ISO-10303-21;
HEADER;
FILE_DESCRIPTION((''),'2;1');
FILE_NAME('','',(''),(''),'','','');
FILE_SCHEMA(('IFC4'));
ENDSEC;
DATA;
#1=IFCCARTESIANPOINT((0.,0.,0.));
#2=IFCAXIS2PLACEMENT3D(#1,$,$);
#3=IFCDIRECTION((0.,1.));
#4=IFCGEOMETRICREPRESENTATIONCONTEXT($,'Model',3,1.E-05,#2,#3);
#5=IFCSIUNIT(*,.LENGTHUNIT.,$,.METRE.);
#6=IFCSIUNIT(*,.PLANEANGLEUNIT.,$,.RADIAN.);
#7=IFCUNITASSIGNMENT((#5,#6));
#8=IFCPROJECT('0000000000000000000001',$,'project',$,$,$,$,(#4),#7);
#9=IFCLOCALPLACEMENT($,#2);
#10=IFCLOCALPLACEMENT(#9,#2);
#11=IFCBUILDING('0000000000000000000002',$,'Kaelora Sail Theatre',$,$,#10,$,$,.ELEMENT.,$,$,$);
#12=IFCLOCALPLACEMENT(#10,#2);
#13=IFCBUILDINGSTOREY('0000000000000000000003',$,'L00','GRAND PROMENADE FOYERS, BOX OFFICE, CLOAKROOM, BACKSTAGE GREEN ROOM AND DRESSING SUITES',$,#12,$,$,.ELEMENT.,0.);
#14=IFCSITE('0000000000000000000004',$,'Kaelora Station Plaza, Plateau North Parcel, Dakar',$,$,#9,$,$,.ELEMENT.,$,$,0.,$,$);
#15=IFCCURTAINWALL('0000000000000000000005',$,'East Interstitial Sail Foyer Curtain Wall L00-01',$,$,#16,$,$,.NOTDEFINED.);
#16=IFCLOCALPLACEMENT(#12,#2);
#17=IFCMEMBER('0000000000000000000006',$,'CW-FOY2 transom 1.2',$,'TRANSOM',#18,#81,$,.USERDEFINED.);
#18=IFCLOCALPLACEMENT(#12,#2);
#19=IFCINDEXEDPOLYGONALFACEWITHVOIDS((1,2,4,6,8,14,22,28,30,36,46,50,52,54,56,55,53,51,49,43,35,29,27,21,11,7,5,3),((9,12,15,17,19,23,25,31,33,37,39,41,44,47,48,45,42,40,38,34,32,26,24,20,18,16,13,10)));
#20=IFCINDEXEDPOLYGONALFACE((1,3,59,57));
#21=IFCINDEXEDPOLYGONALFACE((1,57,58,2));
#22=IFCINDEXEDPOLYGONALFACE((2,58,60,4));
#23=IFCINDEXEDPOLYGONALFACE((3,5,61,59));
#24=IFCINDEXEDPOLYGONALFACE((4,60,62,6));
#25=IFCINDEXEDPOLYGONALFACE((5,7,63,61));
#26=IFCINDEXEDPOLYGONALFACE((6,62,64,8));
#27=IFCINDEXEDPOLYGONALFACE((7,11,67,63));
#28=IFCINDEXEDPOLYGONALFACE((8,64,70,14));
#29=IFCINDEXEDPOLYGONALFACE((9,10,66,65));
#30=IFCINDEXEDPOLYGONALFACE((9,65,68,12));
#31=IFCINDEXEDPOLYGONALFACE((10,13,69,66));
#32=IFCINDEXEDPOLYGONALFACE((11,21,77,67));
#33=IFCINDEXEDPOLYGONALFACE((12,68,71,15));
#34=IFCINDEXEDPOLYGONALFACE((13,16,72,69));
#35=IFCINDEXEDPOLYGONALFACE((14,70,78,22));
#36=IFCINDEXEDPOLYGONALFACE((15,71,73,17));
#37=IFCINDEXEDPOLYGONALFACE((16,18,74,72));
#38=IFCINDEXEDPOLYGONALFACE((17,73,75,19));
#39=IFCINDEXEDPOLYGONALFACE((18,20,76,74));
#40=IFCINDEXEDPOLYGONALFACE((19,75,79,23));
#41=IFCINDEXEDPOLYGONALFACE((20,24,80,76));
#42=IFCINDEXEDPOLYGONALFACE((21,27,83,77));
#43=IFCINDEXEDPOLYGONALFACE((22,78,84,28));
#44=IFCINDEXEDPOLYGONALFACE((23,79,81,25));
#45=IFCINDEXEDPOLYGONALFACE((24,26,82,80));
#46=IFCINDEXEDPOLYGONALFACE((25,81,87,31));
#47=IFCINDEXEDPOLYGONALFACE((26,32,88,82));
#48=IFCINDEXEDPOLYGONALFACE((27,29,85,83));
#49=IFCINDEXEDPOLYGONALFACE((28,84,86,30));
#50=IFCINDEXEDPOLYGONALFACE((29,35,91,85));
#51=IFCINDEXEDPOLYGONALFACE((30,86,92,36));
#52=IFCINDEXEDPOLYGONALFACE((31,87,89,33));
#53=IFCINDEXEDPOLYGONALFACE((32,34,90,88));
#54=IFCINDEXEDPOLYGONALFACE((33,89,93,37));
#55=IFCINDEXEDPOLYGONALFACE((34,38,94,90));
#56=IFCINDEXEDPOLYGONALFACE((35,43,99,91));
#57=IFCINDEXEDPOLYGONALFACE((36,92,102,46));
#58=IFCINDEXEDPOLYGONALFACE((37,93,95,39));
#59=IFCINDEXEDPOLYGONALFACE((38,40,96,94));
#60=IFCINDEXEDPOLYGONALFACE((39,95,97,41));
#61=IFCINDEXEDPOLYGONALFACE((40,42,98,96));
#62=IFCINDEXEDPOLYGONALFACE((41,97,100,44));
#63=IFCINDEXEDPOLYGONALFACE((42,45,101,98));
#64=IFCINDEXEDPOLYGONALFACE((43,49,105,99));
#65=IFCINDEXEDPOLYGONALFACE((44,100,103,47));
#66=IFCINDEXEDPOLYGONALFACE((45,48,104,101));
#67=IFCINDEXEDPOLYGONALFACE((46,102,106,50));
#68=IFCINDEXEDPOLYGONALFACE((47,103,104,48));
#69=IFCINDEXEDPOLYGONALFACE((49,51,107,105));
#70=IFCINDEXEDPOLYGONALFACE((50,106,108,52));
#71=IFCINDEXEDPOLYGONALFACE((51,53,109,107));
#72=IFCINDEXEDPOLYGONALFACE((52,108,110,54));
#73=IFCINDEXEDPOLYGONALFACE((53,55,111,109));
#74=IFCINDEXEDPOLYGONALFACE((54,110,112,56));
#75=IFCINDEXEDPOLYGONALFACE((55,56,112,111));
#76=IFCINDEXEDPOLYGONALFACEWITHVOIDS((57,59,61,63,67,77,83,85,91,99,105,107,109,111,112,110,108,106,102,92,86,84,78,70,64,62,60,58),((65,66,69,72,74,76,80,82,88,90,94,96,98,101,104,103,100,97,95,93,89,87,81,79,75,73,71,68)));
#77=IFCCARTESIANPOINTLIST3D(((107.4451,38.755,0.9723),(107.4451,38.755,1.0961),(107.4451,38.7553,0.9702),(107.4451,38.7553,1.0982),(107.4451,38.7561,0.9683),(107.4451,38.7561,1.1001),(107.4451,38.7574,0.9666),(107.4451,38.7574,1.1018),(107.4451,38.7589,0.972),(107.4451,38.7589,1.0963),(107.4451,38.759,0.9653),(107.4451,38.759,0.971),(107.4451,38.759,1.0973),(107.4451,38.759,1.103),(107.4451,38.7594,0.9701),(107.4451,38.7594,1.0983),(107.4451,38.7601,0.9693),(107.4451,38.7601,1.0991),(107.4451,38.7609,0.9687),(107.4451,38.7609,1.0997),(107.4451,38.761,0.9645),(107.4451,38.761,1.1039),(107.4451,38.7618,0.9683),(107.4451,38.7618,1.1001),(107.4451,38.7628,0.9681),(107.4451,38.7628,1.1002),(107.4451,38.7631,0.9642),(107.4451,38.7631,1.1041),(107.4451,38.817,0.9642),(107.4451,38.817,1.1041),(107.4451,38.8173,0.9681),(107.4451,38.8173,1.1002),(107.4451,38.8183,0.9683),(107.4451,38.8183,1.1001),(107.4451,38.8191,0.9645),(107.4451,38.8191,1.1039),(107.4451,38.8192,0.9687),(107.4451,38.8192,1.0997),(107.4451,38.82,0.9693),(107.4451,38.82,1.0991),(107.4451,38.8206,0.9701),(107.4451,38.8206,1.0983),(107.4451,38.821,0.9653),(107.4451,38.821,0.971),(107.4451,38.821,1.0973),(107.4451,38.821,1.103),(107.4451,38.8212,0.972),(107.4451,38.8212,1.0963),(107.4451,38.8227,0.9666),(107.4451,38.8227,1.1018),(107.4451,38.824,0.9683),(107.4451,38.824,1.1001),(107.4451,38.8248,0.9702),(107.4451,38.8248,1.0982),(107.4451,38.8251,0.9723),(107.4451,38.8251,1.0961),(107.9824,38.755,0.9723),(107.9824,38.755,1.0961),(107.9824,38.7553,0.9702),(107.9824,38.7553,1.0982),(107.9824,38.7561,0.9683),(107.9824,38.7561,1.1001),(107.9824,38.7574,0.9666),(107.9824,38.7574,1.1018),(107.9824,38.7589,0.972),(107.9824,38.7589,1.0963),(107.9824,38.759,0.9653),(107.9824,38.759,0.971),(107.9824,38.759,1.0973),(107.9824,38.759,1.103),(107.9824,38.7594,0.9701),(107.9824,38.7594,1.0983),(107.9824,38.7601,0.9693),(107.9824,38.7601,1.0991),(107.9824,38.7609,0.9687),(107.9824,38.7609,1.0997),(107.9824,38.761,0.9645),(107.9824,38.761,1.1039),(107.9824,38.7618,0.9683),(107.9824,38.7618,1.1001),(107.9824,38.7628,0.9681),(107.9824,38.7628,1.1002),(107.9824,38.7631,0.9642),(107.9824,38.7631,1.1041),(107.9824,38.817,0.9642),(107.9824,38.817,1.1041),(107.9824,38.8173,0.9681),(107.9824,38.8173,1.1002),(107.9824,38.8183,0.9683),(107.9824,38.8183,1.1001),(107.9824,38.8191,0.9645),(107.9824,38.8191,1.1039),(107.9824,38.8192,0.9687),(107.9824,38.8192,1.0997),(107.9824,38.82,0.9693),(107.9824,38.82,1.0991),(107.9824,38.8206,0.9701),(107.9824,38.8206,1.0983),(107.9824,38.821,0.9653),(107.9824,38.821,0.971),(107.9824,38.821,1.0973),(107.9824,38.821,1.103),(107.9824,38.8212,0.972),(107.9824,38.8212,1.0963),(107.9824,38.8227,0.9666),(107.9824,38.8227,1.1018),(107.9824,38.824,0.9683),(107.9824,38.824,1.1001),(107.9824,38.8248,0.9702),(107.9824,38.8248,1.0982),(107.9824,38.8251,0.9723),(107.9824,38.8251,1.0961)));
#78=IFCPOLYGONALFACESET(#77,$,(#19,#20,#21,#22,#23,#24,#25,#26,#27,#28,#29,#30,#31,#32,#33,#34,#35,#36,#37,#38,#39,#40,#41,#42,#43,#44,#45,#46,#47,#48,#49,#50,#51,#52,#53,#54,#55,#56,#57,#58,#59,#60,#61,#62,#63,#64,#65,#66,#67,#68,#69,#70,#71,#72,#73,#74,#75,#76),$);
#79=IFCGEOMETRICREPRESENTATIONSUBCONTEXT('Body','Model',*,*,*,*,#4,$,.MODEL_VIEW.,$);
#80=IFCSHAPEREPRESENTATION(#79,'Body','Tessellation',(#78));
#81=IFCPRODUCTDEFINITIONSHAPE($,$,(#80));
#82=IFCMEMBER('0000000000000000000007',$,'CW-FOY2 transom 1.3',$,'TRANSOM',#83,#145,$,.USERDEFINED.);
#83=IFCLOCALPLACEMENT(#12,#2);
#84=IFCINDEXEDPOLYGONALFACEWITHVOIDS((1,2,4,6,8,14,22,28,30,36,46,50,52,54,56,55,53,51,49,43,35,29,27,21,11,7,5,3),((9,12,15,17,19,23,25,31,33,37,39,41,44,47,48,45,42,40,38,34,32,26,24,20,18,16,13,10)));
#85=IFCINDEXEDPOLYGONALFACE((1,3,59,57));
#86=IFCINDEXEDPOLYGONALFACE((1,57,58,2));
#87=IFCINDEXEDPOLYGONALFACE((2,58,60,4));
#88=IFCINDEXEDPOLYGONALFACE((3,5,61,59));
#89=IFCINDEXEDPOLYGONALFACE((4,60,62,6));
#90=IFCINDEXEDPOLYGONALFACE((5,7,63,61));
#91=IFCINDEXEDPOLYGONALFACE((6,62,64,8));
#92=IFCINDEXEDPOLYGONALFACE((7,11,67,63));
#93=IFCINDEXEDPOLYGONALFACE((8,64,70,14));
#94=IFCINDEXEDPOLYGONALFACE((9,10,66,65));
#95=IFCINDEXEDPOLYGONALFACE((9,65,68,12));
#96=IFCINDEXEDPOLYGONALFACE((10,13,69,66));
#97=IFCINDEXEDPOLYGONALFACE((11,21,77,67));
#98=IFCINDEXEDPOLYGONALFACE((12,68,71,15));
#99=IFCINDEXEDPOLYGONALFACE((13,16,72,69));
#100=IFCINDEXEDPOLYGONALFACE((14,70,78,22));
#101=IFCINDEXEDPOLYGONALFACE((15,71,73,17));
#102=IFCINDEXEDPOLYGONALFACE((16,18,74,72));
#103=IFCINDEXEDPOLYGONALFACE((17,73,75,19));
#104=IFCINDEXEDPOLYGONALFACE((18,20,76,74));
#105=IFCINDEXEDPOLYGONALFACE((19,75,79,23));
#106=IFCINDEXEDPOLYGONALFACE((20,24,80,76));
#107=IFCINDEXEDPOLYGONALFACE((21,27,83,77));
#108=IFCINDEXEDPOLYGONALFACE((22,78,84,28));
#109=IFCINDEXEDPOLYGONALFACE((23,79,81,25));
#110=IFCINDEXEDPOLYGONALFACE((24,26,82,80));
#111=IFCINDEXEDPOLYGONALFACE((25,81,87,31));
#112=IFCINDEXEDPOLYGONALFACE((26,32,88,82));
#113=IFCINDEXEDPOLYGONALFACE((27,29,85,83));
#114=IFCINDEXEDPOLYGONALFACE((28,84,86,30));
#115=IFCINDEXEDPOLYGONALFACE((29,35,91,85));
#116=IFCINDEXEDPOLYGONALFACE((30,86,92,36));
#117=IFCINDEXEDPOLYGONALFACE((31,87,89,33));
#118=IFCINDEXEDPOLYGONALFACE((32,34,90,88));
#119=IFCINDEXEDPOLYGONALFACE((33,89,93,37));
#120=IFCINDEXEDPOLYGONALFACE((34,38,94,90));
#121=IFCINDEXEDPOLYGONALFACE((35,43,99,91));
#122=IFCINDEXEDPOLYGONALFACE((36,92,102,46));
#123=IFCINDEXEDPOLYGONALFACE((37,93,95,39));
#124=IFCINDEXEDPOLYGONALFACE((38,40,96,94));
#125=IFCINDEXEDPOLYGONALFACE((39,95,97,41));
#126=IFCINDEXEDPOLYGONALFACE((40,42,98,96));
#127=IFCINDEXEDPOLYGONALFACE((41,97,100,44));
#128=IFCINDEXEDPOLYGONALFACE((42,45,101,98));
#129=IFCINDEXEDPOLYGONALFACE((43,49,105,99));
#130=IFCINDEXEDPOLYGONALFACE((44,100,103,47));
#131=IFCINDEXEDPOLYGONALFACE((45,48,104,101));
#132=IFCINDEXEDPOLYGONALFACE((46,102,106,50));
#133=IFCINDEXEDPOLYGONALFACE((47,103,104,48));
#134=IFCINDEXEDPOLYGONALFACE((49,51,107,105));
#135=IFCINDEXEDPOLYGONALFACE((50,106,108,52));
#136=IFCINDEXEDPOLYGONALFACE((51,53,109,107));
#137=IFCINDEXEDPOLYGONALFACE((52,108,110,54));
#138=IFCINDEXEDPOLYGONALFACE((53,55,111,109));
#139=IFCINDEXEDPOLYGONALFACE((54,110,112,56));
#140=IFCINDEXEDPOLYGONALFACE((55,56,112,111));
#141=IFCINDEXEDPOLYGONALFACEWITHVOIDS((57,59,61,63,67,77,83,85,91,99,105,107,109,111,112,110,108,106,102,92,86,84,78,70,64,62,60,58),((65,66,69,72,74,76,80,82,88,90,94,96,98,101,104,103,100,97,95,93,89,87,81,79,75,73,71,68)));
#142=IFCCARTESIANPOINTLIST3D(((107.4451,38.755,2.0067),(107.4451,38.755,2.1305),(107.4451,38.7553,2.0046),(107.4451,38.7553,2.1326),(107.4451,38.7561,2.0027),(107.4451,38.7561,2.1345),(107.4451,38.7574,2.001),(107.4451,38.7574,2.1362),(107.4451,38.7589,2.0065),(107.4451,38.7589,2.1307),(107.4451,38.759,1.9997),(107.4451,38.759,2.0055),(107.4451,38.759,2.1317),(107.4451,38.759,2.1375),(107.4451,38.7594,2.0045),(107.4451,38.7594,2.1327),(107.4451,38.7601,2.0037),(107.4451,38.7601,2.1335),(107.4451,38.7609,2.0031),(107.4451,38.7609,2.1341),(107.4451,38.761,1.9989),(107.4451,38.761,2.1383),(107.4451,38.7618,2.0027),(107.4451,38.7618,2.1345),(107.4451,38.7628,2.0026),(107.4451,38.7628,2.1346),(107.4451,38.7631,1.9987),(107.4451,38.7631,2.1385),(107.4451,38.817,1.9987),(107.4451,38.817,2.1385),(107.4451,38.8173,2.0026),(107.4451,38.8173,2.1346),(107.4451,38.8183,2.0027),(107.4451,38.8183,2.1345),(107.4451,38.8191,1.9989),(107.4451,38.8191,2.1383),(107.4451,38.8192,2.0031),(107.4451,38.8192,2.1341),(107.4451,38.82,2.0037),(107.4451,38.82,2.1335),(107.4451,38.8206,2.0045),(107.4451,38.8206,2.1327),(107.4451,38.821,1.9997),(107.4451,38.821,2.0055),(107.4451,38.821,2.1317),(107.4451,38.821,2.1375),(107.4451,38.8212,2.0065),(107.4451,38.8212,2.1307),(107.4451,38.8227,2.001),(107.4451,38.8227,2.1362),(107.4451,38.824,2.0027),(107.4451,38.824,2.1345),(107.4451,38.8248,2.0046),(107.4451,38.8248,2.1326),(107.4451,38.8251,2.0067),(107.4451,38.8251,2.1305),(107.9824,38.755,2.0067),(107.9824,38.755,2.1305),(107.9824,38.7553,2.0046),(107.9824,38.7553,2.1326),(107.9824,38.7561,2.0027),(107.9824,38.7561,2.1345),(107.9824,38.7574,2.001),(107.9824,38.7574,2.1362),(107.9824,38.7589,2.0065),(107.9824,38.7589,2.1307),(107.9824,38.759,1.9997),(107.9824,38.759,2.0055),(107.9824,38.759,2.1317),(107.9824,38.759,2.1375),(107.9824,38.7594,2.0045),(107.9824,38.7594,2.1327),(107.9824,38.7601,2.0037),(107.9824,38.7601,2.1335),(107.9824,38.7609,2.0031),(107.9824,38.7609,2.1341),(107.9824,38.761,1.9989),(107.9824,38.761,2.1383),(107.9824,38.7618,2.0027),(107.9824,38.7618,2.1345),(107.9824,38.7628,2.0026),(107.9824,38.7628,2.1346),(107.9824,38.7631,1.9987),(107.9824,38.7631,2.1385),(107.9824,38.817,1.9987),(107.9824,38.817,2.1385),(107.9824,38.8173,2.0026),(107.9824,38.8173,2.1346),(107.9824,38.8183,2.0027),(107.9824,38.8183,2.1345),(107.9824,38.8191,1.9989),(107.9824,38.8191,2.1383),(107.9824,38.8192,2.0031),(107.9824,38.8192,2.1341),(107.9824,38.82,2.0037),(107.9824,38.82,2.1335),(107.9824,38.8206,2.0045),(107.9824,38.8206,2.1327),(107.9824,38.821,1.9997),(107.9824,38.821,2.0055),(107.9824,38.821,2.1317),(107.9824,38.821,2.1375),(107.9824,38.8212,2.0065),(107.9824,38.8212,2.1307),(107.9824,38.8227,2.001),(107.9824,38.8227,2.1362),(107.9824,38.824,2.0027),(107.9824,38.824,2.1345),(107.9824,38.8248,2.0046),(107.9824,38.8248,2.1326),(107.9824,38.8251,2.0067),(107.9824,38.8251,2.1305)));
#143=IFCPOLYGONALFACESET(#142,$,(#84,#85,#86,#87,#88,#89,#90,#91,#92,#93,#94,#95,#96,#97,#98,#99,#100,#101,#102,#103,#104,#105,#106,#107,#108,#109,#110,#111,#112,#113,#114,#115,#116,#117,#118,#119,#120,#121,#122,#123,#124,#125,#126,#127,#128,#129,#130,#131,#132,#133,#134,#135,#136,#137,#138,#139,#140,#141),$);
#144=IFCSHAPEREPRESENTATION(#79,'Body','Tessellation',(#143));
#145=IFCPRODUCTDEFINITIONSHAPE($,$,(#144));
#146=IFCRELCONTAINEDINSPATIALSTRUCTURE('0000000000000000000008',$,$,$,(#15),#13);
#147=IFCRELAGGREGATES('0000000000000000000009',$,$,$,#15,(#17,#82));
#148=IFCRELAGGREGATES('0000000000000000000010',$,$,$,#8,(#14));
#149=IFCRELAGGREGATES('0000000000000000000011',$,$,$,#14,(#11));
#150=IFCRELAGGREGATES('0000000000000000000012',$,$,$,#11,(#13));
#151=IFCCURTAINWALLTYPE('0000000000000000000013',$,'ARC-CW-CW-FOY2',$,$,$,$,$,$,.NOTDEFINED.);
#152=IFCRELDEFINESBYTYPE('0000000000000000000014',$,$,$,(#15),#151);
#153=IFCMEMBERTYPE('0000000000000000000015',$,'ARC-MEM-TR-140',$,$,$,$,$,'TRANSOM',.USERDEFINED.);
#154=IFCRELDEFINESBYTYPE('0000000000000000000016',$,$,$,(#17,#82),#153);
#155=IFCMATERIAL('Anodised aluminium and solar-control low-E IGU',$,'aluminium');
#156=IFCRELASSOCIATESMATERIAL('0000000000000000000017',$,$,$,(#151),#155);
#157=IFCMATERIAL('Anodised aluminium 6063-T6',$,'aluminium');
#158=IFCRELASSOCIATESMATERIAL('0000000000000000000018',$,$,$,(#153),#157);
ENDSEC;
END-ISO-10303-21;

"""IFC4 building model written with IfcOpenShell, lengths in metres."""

from ifc_helpers import new_model, si_unit, direction, frame, origin, origin_2d, place, context, subcontext, project, spatial, hollow_rectangle, extrude, material, material_profile, profile_set, type_object, element, aggregate, save


model = new_model("IFC4")

# Units and contexts
model_context = context("Model", 3, precision=1e-05, world=origin(), true_north=direction((0.0, 1.0)))
body_context = subcontext(model_context, "Body", "Model", "MODEL_VIEW")
ifc_project = project(units=[si_unit("LENGTHUNIT", "METRE"), si_unit("PLANEANGLEUNIT", "RADIAN")], contexts=[model_context])

# Site, building, storey
site_placement = place(None, origin())
site = spatial("IfcSite", under=ifc_project, at=site_placement, Name="Kaelora Station Plaza, Plateau North Parcel, Dakar", CompositionType="ELEMENT", RefElevation=0.0)
building_placement = place(site_placement, origin())
building = spatial("IfcBuilding", under=site, at=building_placement, Name="Kaelora Sail Theatre", CompositionType="ELEMENT")
storey_placement = place(building_placement, origin())
storey = spatial("IfcBuildingStorey", under=building, at=storey_placement, Name="L00", Description="GRAND PROMENADE FOYERS, BOX OFFICE, CLOAKROOM, BACKSTAGE GREEN ROOM AND DRESSING SUITES", CompositionType="ELEMENT", Elevation=0.0)

# Curtain wall, members
ifc_material_1 = material(Name="Anodised aluminium and solar-control low-E IGU", Category="aluminium")
curtain_wall_type = type_object("IfcCurtainWallType", Name="ARC-CW-CW-FOY2", PredefinedType="NOTDEFINED", material=ifc_material_1)
curtain_wall_placement = place(storey_placement, origin())
curtain_wall = element("IfcCurtainWall", 1, at=curtain_wall_placement, inside=storey, type_object=curtain_wall_type, Name="East Interstitial Sail Foyer Curtain Wall L00-01", PredefinedType="NOTDEFINED")
ifc_material_2 = material(Name="Anodised aluminium 6063-T6", Category="aluminium")
ifc_material_profile_1 = material_profile(ifc_material_2, hollow_rectangle(XDim=0.0701, YDim=0.1399, WallThickness=0.0039, InnerFilletRadius=0.0039, OuterFilletRadius=0.0081, at=origin_2d()), Name="ALU-TRAN 70x140x4")
ifc_profile_set_1 = profile_set([ifc_material_profile_1], Name="Anodised aluminium 6063-T6")
member_type_1 = type_object("IfcMemberType", Name="ARC-MEM-TR-140", ElementType="TRANSOM", PredefinedType="USERDEFINED", material=ifc_profile_set_1)
member_1_placement = place(storey_placement, frame((107.4451, 38.79, 1.0342), z_axis=(1.0, 0.0, 0.0), x_axis=(0.0, 1.0, 0.0)))
member_1 = element("IfcMember", 2, at=member_1_placement, type_object=member_type_1, Name="CW-FOY2 transom 1.2", ObjectType="TRANSOM", PredefinedType="USERDEFINED", context=body_context, shape_type="SweptSolid", body=[
    extrude(hollow_rectangle(XDim=0.0701, YDim=0.1399, WallThickness=0.0039, InnerFilletRadius=0.0039, OuterFilletRadius=0.0081, at=origin_2d()), origin(), (0.0, 0.0, 1.0), 0.5374),
])
member_2_placement = place(storey_placement, frame((107.4451, 38.79, 2.0686), z_axis=(1.0, 0.0, 0.0), x_axis=(0.0, 1.0, 0.0)))
member_2 = element("IfcMember", 3, at=member_2_placement, type_object=member_type_1, Name="CW-FOY2 transom 1.3", ObjectType="TRANSOM", PredefinedType="USERDEFINED", context=body_context, shape_type="SweptSolid", body=[
    extrude(hollow_rectangle(XDim=0.0701, YDim=0.1399, WallThickness=0.0039, InnerFilletRadius=0.0039, OuterFilletRadius=0.0081, at=origin_2d()), origin(), (0.0, 0.0, 1.0), 0.5374),
])
aggregate(curtain_wall, [member_1, member_2])

save(model, "model.ifc")
